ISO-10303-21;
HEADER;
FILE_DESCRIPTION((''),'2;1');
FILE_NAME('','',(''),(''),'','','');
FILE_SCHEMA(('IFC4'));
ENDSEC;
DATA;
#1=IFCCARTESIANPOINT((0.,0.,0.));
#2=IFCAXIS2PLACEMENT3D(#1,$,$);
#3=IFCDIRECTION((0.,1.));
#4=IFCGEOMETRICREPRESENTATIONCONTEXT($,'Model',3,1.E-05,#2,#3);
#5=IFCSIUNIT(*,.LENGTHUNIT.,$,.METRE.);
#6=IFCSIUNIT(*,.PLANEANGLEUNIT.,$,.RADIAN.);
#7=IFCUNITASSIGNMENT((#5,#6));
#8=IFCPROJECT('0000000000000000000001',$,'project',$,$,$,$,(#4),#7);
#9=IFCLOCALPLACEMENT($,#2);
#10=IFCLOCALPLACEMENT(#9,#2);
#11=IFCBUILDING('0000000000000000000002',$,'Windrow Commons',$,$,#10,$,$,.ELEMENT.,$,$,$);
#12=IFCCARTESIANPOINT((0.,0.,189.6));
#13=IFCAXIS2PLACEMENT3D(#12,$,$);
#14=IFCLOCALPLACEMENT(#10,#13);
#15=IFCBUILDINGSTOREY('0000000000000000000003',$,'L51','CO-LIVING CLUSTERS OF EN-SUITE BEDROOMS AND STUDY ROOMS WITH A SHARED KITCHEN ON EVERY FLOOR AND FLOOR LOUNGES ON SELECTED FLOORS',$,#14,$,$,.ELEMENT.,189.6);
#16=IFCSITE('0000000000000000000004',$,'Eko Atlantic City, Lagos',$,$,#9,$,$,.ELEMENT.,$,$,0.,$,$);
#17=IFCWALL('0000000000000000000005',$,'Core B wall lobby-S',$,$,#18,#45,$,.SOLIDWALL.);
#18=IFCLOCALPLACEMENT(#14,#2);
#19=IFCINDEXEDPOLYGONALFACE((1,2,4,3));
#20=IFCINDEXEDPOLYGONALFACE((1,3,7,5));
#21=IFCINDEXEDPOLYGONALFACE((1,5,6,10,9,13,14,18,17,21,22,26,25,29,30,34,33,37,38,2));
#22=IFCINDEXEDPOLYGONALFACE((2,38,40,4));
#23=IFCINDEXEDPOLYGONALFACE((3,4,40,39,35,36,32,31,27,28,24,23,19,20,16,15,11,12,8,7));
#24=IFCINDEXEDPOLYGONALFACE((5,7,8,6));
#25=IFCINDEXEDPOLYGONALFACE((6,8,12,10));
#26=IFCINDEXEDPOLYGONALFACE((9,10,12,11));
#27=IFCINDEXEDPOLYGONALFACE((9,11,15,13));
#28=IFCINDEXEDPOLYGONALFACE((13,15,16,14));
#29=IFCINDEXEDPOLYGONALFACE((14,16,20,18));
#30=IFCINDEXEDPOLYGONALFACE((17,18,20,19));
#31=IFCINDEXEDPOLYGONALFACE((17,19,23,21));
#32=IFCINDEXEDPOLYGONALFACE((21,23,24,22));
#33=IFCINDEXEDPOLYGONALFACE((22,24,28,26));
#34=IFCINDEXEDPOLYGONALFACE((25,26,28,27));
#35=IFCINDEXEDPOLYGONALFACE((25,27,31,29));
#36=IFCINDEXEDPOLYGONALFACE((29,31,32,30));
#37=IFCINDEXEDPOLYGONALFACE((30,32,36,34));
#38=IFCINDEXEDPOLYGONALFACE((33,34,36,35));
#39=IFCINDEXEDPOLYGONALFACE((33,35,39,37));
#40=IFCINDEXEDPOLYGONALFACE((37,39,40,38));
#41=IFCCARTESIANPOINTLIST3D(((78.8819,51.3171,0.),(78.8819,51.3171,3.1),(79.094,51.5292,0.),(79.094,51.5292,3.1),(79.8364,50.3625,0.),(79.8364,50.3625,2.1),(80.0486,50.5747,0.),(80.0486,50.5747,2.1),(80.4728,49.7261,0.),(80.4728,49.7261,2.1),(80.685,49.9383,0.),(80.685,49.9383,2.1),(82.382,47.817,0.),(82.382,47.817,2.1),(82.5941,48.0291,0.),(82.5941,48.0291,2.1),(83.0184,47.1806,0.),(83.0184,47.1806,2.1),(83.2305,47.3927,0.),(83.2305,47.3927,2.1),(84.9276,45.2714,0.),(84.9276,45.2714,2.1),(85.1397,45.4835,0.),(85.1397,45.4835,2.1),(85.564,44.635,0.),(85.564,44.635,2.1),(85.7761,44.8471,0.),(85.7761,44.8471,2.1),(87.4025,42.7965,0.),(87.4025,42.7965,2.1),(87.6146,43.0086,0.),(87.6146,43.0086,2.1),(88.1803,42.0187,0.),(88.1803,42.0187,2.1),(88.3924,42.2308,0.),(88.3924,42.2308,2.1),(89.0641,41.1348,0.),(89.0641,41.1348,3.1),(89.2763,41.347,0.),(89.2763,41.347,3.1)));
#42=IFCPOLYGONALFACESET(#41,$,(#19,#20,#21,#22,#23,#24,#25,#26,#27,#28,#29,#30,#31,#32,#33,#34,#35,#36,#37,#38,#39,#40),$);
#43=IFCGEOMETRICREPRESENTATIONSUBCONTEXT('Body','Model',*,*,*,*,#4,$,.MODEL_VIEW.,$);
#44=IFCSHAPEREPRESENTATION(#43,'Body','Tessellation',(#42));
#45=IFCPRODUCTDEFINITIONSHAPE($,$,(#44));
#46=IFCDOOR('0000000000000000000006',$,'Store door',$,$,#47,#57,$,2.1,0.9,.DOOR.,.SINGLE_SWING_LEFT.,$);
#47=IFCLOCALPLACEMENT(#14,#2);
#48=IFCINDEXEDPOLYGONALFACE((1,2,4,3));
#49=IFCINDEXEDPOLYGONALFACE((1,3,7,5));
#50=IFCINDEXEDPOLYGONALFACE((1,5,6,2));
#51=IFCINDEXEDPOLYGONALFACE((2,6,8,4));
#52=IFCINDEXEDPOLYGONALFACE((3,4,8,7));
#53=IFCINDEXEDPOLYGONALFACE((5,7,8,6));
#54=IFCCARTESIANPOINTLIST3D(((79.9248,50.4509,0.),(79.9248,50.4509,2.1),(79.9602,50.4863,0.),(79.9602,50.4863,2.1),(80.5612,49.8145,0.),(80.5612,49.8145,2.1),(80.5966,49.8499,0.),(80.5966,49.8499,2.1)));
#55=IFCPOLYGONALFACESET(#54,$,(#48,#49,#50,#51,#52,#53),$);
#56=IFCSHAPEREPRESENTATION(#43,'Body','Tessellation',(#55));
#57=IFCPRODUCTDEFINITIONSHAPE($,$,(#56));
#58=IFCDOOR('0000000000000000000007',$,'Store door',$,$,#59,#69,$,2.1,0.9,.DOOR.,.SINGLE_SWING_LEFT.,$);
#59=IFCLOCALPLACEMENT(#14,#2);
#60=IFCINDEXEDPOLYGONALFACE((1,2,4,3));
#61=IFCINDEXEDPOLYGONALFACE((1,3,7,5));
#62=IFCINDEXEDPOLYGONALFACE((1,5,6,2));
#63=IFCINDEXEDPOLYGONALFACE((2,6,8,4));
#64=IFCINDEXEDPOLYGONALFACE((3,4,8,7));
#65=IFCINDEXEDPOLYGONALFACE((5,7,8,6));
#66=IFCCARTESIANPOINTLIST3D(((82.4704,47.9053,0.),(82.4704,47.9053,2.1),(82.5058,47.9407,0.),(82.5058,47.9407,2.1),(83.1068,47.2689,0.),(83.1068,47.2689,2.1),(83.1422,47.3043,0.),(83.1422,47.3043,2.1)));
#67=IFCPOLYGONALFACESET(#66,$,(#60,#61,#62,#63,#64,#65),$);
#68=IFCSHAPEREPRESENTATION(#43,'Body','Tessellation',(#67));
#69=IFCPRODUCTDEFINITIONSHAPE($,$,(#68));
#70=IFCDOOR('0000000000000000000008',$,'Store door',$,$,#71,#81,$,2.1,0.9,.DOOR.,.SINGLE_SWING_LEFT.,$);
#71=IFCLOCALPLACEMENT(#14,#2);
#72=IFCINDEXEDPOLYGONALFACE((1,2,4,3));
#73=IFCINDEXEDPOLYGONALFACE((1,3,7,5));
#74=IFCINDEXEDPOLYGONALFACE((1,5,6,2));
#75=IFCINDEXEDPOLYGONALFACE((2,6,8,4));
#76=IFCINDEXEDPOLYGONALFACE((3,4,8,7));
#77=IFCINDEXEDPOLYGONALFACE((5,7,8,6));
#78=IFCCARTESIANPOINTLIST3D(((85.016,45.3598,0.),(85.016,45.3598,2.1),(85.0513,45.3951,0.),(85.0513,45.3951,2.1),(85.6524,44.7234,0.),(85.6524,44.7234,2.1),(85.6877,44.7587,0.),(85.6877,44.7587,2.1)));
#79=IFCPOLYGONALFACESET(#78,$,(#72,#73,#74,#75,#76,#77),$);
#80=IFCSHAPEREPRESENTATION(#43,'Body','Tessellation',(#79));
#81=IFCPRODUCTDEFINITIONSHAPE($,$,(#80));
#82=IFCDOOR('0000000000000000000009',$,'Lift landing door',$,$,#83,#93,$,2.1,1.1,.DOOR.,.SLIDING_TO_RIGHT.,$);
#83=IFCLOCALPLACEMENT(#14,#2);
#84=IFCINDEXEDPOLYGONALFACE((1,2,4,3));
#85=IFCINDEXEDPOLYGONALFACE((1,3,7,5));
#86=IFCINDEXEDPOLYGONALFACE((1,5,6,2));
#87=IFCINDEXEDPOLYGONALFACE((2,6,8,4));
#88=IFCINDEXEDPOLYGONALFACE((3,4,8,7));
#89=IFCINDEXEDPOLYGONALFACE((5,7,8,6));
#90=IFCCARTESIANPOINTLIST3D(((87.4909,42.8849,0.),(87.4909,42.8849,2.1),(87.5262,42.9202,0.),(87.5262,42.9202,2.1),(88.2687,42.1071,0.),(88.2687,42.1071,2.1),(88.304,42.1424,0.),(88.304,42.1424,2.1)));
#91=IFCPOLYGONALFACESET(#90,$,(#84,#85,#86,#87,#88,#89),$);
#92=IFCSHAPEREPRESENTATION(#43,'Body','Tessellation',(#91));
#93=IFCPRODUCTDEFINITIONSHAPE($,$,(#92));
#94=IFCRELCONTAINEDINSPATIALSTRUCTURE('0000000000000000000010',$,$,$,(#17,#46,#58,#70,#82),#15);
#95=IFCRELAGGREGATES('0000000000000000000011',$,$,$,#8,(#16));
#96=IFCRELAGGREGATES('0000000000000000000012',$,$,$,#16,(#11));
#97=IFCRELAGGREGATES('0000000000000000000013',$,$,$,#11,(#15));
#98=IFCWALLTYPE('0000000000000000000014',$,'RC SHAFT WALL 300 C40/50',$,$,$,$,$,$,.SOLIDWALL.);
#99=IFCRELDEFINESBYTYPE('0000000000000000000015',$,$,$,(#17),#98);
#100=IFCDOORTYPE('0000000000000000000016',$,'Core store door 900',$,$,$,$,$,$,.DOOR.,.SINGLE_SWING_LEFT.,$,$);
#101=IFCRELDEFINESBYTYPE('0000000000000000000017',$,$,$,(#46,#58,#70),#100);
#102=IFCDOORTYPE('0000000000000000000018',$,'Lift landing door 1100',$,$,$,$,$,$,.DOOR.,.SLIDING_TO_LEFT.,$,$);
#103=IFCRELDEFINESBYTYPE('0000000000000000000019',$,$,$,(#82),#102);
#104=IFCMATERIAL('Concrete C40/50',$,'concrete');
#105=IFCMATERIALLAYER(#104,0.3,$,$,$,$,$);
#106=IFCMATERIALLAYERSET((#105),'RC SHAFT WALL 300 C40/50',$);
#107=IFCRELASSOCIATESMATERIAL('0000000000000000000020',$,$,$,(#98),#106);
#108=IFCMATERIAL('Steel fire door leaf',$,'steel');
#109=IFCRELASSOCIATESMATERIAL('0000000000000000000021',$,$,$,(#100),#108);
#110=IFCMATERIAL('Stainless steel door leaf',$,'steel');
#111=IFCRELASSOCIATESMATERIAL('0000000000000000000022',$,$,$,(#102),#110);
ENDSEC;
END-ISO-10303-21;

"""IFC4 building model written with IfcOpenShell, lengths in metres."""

from ifc_helpers import new_model, si_unit, direction, frame, frame_2d, origin, place, context, subcontext, project, spatial, rectangle, extrude, material, layer, layer_set, type_object, element, fill, save


model = new_model("IFC4")

# Units and contexts
model_context = context("Model", 3, precision=1e-05, world=origin(), true_north=direction((0.0, 1.0)))
body_context = subcontext(model_context, "Body", "Model", "MODEL_VIEW")
ifc_project = project(units=[si_unit("LENGTHUNIT", "METRE"), si_unit("PLANEANGLEUNIT", "RADIAN")], contexts=[model_context])

# Site, building, storey
site_placement = place(None, origin())
site = spatial("IfcSite", under=ifc_project, at=site_placement, Name="Eko Atlantic City, Lagos", CompositionType="ELEMENT", RefElevation=0.0)
building_placement = place(site_placement, origin())
building = spatial("IfcBuilding", under=site, at=building_placement, Name="Windrow Commons", CompositionType="ELEMENT")
storey_placement = place(building_placement, frame((0.0, 0.0, 189.6)))
storey = spatial("IfcBuildingStorey", under=building, at=storey_placement, Name="L51", Description="CO-LIVING CLUSTERS OF EN-SUITE BEDROOMS AND STUDY ROOMS WITH A SHARED KITCHEN ON EVERY FLOOR AND FLOOR LOUNGES ON SELECTED FLOORS", CompositionType="ELEMENT", Elevation=189.6)

# Wall, openings, doors
ifc_material_1 = material(Name="Concrete C40/50", Category="concrete")
ifc_layer_1 = layer(ifc_material_1, 0.3)
ifc_layer_set_1 = layer_set([ifc_layer_1], Name="RC SHAFT WALL 300 C40/50")
wall_type_1 = type_object("IfcWallType", Name="RC SHAFT WALL 300 C40/50", PredefinedType="SOLIDWALL", material=ifc_layer_set_1)
wall_1_placement = place(storey_placement, frame((78.9879, 51.4232, 0.0), z_axis=(0.0, 0.0, 1.0), x_axis=(0.707107, -0.707107, 0.0)))
wall_1 = element("IfcWall", 1, at=wall_1_placement, inside=storey, type_object=wall_type_1, Name="Core B wall lobby-S", PredefinedType="SOLIDWALL", context=body_context, shape_type="SweptSolid", body=[
    extrude(rectangle(XDim=14.3999, YDim=0.3, at=frame_2d((7.2, 0.0))), origin(), (0.0, 0.0, 1.0), 3.1),
])
opening_1_placement = place(wall_1_placement, frame((1.35, 0.0, 0.0)))
opening_1 = element("IfcOpeningElement", 2, at=opening_1_placement, cuts=wall_1, PredefinedType="OPENING", context=body_context, shape_type="SweptSolid", body=[
    extrude(rectangle(XDim=0.9, YDim=2.1, at=frame_2d((0.45, 1.05))), frame((0.0, 0.16, 0.0), z_axis=(0.0, -1.0, 0.0), x_axis=(1.0, 0.0, 0.0)), (0.0, 0.0, 1.0), 0.32),
])
opening_2_placement = place(wall_1_placement, frame((4.95, 0.0, 0.0)))
opening_2 = element("IfcOpeningElement", 3, at=opening_2_placement, cuts=wall_1, PredefinedType="OPENING", context=body_context, shape_type="SweptSolid", body=[
    extrude(rectangle(XDim=0.9, YDim=2.1, at=frame_2d((0.45, 1.05))), frame((0.0, 0.16, 0.0), z_axis=(0.0, -1.0, 0.0), x_axis=(1.0, 0.0, 0.0)), (0.0, 0.0, 1.0), 0.32),
])
opening_3_placement = place(wall_1_placement, frame((8.55, 0.0, 0.0)))
opening_3 = element("IfcOpeningElement", 4, at=opening_3_placement, cuts=wall_1, PredefinedType="OPENING", context=body_context, shape_type="SweptSolid", body=[
    extrude(rectangle(XDim=0.9, YDim=2.1, at=frame_2d((0.45, 1.05))), frame((0.0, 0.16, 0.0), z_axis=(0.0, -1.0, 0.0), x_axis=(1.0, 0.0, 0.0)), (0.0, 0.0, 1.0), 0.32),
])
opening_4_placement = place(wall_1_placement, frame((12.05, 0.0, 0.0)))
opening_4 = element("IfcOpeningElement", 5, at=opening_4_placement, cuts=wall_1, PredefinedType="OPENING", context=body_context, shape_type="SweptSolid", body=[
    extrude(rectangle(XDim=1.1, YDim=2.1, at=frame_2d((0.55, 1.05))), frame((0.0, 0.16, 0.0), z_axis=(0.0, -1.0, 0.0), x_axis=(1.0, 0.0, 0.0)), (0.0, 0.0, 1.0), 0.32),
])
ifc_material_2 = material(Name="Steel fire door leaf", Category="steel")
door_type_1 = type_object("IfcDoorType", Name="Core store door 900", OperationType="SINGLE_SWING_LEFT", PredefinedType="DOOR", material=ifc_material_2)
door_1_placement = place(opening_1_placement, origin())
door_1 = element("IfcDoor", 6, at=door_1_placement, inside=storey, type_object=door_type_1, Name="Store door", OperationType="SINGLE_SWING_LEFT", OverallHeight=2.1, OverallWidth=0.9, PredefinedType="DOOR", context=body_context, shape_type="SweptSolid", body=[
    extrude(rectangle(XDim=0.9, YDim=2.1, at=frame_2d((0.45, 1.05))), frame((0.0, 0.025, 0.0), z_axis=(0.0, -1.0, 0.0), x_axis=(1.0, 0.0, 0.0)), (0.0, 0.0, 1.0), 0.05),
])
fill(opening_1, door_1)
door_2_placement = place(opening_2_placement, origin())
door_2 = element("IfcDoor", 7, at=door_2_placement, inside=storey, type_object=door_type_1, Name="Store door", OperationType="SINGLE_SWING_LEFT", OverallHeight=2.1, OverallWidth=0.9, PredefinedType="DOOR", context=body_context, shape_type="SweptSolid", body=[
    extrude(rectangle(XDim=0.9, YDim=2.1, at=frame_2d((0.45, 1.05))), frame((0.0, 0.025, 0.0), z_axis=(0.0, -1.0, 0.0), x_axis=(1.0, 0.0, 0.0)), (0.0, 0.0, 1.0), 0.05),
])
fill(opening_2, door_2)
door_3_placement = place(opening_3_placement, origin())
door_3 = element("IfcDoor", 8, at=door_3_placement, inside=storey, type_object=door_type_1, Name="Store door", OperationType="SINGLE_SWING_LEFT", OverallHeight=2.1, OverallWidth=0.9, PredefinedType="DOOR", context=body_context, shape_type="SweptSolid", body=[
    extrude(rectangle(XDim=0.9, YDim=2.1, at=frame_2d((0.45, 1.05))), frame((0.0, 0.025, 0.0), z_axis=(0.0, -1.0, 0.0), x_axis=(1.0, 0.0, 0.0)), (0.0, 0.0, 1.0), 0.05),
])
fill(opening_3, door_3)
ifc_material_3 = material(Name="Stainless steel door leaf", Category="steel")
door_type_2 = type_object("IfcDoorType", Name="Lift landing door 1100", OperationType="SLIDING_TO_LEFT", PredefinedType="DOOR", material=ifc_material_3)
door_4_placement = place(opening_4_placement, origin())
door_4 = element("IfcDoor", 9, at=door_4_placement, inside=storey, type_object=door_type_2, Name="Lift landing door", OperationType="SLIDING_TO_RIGHT", OverallHeight=2.1, OverallWidth=1.1, PredefinedType="DOOR", context=body_context, shape_type="SweptSolid", body=[
    extrude(rectangle(XDim=1.1, YDim=2.1, at=frame_2d((0.55, 1.05))), frame((0.0, 0.025, 0.0), z_axis=(0.0, -1.0, 0.0), x_axis=(1.0, 0.0, 0.0)), (0.0, 0.0, 1.0), 0.05),
])
fill(opening_4, door_4)

save(model, "model.ifc")
